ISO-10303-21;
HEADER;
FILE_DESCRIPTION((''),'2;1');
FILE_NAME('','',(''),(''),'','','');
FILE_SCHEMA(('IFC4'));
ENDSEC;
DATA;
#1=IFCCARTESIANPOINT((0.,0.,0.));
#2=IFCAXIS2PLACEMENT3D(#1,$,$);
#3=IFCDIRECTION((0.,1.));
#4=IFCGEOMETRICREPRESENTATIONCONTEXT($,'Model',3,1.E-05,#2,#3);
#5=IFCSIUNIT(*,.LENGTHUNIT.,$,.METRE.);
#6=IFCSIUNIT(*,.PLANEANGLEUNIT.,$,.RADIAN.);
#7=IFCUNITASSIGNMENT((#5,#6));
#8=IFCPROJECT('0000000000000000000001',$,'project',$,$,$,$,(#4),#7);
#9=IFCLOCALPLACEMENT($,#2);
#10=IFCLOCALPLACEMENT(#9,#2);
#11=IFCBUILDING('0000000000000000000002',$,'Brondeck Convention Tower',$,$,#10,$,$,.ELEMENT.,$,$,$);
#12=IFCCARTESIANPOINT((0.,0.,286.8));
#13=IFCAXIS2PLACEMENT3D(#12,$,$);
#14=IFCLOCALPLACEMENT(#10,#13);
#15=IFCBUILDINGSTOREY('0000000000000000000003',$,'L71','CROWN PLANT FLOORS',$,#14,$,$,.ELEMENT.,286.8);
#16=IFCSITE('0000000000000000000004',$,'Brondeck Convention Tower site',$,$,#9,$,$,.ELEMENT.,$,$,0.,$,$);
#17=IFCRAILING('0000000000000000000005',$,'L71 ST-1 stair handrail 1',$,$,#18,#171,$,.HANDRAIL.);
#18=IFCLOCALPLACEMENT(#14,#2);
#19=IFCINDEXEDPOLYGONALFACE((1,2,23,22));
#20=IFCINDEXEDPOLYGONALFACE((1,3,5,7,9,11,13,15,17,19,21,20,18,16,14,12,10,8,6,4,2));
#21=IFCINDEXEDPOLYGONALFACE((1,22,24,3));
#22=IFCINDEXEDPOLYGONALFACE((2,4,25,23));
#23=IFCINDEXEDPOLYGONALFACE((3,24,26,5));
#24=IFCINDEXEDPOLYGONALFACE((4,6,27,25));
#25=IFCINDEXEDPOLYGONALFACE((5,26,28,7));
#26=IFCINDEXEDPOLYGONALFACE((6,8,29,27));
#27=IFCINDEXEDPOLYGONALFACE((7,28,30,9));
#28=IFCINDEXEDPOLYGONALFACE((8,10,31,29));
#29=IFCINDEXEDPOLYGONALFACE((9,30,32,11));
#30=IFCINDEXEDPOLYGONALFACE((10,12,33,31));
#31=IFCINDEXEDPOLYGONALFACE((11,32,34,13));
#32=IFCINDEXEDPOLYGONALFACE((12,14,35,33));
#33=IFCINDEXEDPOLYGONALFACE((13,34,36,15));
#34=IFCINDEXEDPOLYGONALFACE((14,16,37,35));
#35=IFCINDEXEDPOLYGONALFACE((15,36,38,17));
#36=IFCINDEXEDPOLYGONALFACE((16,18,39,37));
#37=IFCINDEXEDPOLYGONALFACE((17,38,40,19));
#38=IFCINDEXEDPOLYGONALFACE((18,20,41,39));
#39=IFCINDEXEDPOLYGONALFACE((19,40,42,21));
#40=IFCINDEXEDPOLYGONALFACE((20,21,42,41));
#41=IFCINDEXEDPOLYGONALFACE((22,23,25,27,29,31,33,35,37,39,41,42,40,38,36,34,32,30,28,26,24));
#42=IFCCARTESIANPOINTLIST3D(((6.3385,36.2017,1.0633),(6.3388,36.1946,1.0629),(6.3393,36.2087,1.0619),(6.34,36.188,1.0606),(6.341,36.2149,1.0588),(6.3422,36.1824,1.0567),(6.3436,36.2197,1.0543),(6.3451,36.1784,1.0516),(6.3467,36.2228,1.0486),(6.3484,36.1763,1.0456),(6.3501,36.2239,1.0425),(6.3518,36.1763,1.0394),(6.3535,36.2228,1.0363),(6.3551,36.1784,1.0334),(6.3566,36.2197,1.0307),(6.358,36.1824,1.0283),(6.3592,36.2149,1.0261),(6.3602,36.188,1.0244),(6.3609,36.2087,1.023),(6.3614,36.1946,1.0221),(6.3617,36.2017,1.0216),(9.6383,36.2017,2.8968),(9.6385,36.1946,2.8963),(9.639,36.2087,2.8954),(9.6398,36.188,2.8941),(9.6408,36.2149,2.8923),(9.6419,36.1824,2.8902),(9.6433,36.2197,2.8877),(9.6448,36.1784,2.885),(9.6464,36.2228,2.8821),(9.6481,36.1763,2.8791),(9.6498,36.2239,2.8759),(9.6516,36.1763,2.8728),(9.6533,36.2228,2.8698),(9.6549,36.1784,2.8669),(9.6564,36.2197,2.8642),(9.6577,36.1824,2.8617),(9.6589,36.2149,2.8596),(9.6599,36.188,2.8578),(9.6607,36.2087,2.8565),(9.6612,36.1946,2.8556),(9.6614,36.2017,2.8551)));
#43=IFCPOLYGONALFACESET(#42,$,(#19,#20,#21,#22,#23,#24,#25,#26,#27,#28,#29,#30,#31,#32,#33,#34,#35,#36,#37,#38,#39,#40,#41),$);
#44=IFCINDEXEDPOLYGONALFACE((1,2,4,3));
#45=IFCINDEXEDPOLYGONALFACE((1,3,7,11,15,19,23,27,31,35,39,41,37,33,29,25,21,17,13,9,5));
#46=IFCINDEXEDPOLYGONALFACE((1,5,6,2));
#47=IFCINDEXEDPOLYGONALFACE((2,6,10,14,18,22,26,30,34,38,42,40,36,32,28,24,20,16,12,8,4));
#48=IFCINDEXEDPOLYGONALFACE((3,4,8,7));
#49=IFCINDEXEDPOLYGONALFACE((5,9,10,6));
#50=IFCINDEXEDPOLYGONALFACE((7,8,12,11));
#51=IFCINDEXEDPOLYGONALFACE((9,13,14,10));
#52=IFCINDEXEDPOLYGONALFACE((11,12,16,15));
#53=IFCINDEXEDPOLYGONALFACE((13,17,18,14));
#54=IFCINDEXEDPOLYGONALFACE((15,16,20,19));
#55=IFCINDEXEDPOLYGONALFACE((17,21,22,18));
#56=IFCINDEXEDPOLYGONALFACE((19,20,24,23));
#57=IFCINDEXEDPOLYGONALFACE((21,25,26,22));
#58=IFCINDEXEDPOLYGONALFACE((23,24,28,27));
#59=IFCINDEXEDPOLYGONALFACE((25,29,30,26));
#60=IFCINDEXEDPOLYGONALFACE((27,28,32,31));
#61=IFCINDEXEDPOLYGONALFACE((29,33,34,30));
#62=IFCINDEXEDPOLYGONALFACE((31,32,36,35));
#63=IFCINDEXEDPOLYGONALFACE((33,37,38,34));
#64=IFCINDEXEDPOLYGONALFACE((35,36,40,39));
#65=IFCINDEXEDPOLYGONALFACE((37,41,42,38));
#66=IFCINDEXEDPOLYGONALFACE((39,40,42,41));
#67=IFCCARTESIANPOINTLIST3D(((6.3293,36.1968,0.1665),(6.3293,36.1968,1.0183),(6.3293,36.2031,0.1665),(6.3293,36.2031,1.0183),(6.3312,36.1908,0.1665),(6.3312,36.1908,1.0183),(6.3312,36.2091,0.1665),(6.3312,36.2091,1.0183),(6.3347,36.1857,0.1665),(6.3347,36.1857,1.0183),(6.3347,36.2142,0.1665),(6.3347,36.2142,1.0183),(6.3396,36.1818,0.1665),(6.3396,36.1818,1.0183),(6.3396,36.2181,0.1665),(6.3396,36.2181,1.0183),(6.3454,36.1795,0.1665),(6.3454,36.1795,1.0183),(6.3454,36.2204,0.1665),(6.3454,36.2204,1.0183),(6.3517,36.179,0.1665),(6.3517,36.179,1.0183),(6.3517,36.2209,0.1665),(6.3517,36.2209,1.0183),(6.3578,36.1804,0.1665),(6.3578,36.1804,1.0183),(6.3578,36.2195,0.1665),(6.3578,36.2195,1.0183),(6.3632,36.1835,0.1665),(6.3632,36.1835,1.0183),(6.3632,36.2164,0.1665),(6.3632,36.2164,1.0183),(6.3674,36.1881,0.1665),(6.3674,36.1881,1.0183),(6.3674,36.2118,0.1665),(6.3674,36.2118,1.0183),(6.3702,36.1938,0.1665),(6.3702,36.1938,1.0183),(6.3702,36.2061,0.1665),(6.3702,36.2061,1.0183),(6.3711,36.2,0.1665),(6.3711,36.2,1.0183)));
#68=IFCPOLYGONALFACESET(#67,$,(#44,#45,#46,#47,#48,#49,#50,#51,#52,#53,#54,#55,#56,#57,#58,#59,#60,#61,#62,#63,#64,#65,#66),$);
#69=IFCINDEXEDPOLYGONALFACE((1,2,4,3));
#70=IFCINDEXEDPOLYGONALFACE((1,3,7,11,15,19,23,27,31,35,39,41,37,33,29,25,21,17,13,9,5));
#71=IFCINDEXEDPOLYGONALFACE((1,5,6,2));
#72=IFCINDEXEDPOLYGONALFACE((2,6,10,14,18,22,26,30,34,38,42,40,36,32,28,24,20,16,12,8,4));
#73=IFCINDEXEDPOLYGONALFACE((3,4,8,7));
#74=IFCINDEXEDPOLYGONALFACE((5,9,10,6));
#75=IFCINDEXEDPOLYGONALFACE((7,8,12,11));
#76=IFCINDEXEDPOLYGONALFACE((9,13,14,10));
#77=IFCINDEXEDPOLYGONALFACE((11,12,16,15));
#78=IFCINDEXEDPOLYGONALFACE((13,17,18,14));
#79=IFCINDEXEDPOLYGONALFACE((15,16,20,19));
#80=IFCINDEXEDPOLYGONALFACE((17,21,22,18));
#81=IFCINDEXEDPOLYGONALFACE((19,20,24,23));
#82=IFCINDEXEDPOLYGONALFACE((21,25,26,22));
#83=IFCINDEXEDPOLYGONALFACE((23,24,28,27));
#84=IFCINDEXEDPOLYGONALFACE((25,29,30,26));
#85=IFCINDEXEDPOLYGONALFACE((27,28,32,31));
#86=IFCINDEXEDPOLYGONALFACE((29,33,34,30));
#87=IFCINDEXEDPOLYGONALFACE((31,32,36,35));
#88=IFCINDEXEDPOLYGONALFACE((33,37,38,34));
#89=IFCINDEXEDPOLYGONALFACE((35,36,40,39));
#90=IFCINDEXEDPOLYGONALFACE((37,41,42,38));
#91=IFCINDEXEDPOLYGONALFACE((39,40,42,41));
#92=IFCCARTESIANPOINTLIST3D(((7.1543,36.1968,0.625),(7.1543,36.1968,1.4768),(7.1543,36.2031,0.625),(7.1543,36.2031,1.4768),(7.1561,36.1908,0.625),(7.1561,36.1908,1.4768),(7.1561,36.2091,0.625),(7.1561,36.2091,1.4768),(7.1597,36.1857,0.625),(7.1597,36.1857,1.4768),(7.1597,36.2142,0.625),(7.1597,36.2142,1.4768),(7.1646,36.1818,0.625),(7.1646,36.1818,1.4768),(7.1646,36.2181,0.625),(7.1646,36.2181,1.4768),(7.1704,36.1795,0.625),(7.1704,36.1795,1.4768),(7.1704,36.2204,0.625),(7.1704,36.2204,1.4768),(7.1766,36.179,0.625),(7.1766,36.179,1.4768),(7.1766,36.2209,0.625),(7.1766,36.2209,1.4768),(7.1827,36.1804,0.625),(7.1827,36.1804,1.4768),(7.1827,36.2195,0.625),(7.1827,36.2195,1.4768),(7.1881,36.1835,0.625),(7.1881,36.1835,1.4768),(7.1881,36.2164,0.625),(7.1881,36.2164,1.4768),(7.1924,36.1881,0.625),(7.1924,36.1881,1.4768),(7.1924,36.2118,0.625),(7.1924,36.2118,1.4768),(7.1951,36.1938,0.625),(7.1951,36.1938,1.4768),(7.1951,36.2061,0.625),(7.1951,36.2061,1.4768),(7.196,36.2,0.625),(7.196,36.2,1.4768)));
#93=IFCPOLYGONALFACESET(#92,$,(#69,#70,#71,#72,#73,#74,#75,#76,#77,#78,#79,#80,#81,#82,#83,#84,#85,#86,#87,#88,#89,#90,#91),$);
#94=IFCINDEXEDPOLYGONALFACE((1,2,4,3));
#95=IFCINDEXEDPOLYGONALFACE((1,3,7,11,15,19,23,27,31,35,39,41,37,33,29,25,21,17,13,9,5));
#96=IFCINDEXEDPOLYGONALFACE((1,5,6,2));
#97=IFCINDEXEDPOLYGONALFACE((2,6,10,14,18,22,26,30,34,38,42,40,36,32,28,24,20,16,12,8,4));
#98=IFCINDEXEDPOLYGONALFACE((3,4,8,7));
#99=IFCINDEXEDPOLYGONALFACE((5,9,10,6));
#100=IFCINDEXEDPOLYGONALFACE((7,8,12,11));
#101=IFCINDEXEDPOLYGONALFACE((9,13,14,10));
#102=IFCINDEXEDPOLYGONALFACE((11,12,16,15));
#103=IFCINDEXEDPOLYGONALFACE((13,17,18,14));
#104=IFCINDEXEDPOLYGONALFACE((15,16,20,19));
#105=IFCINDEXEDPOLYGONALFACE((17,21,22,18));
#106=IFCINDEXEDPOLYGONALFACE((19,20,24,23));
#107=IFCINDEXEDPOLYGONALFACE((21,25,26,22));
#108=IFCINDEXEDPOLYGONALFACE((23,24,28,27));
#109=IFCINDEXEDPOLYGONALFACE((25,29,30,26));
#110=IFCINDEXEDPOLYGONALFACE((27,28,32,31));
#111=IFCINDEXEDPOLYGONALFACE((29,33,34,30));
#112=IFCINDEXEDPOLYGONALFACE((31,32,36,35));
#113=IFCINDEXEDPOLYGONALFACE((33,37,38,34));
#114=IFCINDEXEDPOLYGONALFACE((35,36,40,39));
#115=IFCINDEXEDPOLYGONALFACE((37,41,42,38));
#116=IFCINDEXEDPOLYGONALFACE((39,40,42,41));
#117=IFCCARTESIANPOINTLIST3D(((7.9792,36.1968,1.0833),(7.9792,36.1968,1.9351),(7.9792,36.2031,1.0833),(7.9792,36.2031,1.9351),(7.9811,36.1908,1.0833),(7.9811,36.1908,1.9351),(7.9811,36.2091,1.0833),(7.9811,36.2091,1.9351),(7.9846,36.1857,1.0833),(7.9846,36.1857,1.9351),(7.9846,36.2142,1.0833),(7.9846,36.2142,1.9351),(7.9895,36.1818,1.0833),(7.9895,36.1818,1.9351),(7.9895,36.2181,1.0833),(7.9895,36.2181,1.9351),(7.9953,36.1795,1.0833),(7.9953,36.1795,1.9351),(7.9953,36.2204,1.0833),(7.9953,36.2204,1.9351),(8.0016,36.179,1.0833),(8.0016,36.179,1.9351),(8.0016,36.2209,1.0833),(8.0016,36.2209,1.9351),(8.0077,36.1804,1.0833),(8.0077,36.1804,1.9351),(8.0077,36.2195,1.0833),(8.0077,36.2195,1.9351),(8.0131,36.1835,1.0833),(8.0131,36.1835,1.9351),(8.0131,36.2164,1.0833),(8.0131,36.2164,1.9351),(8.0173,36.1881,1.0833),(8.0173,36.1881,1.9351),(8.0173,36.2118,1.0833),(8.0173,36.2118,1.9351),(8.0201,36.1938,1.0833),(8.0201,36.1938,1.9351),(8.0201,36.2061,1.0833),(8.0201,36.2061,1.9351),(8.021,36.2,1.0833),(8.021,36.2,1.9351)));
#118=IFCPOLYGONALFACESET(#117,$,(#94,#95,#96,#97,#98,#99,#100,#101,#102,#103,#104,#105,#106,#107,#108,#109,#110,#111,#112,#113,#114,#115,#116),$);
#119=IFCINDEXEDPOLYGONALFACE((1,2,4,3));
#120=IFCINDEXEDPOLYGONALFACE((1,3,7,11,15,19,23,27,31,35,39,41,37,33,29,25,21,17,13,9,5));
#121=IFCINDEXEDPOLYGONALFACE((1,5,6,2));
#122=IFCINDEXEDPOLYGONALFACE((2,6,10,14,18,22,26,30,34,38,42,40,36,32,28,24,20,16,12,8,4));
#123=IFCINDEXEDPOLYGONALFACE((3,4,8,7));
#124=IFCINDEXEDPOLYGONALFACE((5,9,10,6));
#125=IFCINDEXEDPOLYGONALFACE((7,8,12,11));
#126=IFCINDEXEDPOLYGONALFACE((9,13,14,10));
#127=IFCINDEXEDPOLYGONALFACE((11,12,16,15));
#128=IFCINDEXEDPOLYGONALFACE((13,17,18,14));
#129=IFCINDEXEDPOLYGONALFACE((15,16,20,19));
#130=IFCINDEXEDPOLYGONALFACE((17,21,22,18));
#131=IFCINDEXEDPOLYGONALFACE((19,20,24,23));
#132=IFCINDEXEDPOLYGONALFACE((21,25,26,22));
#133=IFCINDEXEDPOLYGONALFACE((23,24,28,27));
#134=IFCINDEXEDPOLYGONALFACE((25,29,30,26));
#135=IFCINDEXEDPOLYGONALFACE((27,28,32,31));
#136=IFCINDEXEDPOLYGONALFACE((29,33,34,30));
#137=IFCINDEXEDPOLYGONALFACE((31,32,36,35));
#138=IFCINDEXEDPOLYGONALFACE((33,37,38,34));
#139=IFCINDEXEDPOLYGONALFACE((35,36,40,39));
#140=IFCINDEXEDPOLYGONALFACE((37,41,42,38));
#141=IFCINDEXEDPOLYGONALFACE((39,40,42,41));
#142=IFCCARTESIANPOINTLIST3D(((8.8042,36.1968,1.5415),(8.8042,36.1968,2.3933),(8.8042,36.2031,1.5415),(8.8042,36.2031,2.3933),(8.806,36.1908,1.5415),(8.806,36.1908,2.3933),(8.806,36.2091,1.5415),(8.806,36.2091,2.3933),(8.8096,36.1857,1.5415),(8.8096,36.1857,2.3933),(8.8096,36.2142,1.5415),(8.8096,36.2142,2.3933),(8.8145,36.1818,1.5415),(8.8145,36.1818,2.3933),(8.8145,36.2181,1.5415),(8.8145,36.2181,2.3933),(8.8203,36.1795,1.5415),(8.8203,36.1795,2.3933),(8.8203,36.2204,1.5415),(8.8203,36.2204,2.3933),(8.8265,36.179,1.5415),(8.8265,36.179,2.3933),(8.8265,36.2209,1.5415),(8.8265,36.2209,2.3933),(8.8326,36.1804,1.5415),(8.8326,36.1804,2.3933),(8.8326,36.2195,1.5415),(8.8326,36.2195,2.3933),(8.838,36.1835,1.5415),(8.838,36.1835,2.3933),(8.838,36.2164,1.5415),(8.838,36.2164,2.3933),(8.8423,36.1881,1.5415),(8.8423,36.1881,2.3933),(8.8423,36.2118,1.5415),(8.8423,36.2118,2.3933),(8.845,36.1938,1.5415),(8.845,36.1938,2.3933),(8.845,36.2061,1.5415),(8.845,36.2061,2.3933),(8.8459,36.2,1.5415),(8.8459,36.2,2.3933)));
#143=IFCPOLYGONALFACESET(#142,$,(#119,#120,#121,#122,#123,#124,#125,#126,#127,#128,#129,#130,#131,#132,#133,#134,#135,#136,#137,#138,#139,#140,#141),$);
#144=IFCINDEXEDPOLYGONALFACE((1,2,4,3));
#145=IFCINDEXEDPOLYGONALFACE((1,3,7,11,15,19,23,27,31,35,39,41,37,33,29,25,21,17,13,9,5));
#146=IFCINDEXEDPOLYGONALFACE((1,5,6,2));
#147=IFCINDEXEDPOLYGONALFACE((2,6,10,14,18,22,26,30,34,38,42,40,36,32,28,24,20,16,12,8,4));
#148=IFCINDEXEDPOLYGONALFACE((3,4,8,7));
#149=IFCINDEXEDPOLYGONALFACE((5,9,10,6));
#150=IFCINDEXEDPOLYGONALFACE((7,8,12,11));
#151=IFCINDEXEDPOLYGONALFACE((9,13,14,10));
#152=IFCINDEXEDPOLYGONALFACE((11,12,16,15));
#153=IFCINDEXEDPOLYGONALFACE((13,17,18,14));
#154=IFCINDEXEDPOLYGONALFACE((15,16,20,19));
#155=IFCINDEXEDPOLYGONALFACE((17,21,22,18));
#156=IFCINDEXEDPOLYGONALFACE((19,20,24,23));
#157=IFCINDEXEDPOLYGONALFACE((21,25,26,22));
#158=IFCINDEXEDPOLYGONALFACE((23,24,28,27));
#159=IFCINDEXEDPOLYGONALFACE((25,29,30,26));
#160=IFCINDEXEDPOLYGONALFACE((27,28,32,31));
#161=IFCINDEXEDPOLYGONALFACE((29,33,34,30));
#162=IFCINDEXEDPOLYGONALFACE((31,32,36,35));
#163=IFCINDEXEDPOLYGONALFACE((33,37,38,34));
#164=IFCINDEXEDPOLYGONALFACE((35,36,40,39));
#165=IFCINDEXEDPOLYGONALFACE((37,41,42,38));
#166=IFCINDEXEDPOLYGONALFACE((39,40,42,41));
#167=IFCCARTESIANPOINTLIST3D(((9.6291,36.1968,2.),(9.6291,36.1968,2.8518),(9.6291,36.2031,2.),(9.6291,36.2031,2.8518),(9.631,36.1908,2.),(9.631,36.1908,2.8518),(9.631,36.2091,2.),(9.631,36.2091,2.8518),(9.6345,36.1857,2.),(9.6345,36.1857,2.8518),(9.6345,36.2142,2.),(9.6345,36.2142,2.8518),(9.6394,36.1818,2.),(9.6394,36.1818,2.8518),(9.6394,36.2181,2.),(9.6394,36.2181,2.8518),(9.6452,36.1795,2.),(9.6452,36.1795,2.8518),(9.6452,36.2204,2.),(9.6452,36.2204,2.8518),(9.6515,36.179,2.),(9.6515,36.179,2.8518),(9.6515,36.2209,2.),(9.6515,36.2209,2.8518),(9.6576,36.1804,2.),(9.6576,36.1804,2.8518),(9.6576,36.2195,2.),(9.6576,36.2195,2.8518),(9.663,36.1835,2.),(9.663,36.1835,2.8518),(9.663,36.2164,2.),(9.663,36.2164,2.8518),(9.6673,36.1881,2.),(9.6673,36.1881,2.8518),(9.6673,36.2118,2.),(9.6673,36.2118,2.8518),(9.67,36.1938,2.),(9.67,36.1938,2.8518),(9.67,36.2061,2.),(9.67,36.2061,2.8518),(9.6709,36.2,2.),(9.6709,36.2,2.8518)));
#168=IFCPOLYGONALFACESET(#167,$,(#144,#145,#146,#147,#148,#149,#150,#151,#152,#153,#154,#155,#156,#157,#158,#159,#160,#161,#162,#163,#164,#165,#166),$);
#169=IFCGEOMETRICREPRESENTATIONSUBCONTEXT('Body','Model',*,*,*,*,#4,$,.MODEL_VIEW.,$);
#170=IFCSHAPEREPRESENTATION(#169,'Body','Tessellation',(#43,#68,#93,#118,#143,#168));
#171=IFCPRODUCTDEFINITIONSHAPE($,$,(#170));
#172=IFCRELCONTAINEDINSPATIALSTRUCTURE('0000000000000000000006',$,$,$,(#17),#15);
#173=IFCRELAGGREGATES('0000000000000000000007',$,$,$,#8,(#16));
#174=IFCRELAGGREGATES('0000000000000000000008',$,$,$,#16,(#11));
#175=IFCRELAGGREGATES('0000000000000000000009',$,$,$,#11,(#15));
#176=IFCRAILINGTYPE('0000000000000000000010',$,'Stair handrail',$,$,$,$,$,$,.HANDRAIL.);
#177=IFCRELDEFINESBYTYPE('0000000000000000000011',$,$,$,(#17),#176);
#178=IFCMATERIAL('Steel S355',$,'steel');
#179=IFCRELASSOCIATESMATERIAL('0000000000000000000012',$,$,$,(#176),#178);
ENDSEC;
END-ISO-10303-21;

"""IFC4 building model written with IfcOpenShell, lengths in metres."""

from ifc_helpers import new_model, si_unit, direction, frame, origin, origin_2d, place, context, subcontext, project, spatial, circle, extrude, material, type_object, element, save


model = new_model("IFC4")

# Units and contexts
model_context = context("Model", 3, precision=1e-05, world=origin(), true_north=direction((0.0, 1.0)))
body_context = subcontext(model_context, "Body", "Model", "MODEL_VIEW")
ifc_project = project(units=[si_unit("LENGTHUNIT", "METRE"), si_unit("PLANEANGLEUNIT", "RADIAN")], contexts=[model_context])

# Site, building, storey
site_placement = place(None, origin())
site = spatial("IfcSite", under=ifc_project, at=site_placement, Name="Brondeck Convention Tower site", CompositionType="ELEMENT", RefElevation=0.0)
building_placement = place(site_placement, origin())
building = spatial("IfcBuilding", under=site, at=building_placement, Name="Brondeck Convention Tower", CompositionType="ELEMENT")
storey_placement = place(building_placement, frame((0.0, 0.0, 286.8)))
storey = spatial("IfcBuildingStorey", under=building, at=storey_placement, Name="L71", Description="CROWN PLANT FLOORS", CompositionType="ELEMENT", Elevation=286.8)

# Railing
ifc_material_1 = material(Name="Steel S355", Category="steel")
railing_type_1 = type_object("IfcRailingType", Name="Stair handrail", PredefinedType="HANDRAIL", material=ifc_material_1)
railing_1_placement = place(storey_placement, frame((6.3501, 36.2, 0.1665)))
element("IfcRailing", 1, at=railing_1_placement, inside=storey, type_object=railing_type_1, Name="L71 ST-1 stair handrail 1", PredefinedType="HANDRAIL", context=body_context, shape_type="SweptSolid", body=[
    extrude(circle(Radius=0.0239, at=origin_2d()), frame((0.0, 0.0, 0.876), z_axis=(0.874127, 0.0, 0.485698), x_axis=(0.0, 1.0, 0.0)), (0.0, 0.0, 1.0), 3.7749),
    extrude(circle(Radius=0.021, at=origin_2d()), origin(), (0.0, 0.0, 1.0), 0.8518),
    extrude(circle(Radius=0.021, at=origin_2d()), frame((0.825, 0.0, 0.4585)), (0.0, 0.0, 1.0), 0.8518),
    extrude(circle(Radius=0.021, at=origin_2d()), frame((1.6499, 0.0, 0.9167)), (0.0, 0.0, 1.0), 0.8518),
    extrude(circle(Radius=0.021, at=origin_2d()), frame((2.4749, 0.0, 1.375)), (0.0, 0.0, 1.0), 0.8518),
    extrude(circle(Radius=0.021, at=origin_2d()), frame((3.2998, 0.0, 1.8335)), (0.0, 0.0, 1.0), 0.8518),
])

save(model, "model.ifc")
